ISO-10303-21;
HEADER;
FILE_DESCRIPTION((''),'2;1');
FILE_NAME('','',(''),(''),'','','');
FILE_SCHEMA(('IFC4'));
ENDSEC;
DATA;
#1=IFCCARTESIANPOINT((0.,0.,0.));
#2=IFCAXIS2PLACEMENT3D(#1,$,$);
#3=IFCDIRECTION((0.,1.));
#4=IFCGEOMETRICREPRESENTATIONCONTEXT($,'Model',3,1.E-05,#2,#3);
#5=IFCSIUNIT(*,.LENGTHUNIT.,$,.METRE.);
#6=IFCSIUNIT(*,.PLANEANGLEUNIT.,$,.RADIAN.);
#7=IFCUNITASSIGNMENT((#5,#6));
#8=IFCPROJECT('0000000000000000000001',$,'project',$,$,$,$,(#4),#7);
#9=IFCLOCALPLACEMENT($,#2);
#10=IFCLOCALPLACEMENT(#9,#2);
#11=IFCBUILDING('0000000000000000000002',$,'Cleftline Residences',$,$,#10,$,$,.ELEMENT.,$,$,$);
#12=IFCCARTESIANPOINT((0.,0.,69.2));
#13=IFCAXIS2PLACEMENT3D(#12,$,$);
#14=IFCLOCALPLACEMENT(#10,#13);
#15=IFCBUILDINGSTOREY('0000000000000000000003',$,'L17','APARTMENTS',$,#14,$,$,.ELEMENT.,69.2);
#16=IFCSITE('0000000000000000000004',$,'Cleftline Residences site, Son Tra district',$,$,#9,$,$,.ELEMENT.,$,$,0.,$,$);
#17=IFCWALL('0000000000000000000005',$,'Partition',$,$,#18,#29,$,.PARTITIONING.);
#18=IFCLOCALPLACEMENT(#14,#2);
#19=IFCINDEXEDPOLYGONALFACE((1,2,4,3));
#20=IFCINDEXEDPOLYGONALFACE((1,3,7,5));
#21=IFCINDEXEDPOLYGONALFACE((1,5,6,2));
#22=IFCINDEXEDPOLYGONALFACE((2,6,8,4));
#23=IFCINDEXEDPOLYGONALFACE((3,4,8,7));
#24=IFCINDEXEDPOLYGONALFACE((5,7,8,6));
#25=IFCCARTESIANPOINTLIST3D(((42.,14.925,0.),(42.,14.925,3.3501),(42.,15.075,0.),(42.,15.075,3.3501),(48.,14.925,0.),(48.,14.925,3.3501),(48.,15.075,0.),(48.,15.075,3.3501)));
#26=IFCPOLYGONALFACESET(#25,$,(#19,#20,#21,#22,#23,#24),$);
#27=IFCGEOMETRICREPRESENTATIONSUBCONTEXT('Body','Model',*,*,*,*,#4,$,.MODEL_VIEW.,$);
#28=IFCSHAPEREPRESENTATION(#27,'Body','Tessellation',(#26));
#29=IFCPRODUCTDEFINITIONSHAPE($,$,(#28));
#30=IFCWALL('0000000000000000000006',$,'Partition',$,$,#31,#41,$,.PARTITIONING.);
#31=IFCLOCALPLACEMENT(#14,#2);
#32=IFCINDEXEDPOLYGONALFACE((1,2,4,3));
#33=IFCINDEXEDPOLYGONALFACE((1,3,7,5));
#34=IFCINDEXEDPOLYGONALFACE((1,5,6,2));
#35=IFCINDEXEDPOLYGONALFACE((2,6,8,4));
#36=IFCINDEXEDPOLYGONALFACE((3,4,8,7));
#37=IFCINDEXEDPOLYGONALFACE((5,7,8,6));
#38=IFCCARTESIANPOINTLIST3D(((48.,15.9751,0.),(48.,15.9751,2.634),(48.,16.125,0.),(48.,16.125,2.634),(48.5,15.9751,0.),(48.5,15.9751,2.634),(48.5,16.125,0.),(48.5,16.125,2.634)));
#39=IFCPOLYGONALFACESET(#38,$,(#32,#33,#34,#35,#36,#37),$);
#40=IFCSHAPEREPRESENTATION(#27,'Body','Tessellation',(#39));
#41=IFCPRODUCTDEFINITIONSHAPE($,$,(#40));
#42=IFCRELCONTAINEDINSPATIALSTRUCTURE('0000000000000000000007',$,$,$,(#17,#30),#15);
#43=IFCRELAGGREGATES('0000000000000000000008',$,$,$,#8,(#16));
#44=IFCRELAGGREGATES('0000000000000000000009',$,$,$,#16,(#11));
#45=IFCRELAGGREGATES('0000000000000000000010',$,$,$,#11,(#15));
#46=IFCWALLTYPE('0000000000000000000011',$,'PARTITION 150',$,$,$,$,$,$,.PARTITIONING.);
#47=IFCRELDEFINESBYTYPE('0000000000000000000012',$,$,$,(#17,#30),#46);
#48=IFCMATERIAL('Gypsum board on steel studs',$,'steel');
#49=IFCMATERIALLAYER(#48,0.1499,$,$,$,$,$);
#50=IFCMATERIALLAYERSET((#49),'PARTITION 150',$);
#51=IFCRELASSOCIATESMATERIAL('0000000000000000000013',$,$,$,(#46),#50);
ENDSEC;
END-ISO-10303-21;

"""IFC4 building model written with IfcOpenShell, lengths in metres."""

from ifc_helpers import new_model, si_unit, direction, frame, frame_2d, origin, place, context, subcontext, project, spatial, rectangle, extrude, material, layer, layer_set, type_object, element, save


model = new_model("IFC4")

# Units and contexts
model_context = context("Model", 3, precision=1e-05, world=origin(), true_north=direction((0.0, 1.0)))
body_context = subcontext(model_context, "Body", "Model", "MODEL_VIEW")
ifc_project = project(units=[si_unit("LENGTHUNIT", "METRE"), si_unit("PLANEANGLEUNIT", "RADIAN")], contexts=[model_context])

# Site, building, storey
site_placement = place(None, origin())
site = spatial("IfcSite", under=ifc_project, at=site_placement, Name="Cleftline Residences site, Son Tra district", CompositionType="ELEMENT", RefElevation=0.0)
building_placement = place(site_placement, origin())
building = spatial("IfcBuilding", under=site, at=building_placement, Name="Cleftline Residences", CompositionType="ELEMENT")
storey_placement = place(building_placement, frame((0.0, 0.0, 69.2)))
storey = spatial("IfcBuildingStorey", under=building, at=storey_placement, Name="L17", Description="APARTMENTS", CompositionType="ELEMENT", Elevation=69.2)

# Walls
ifc_material_1 = material(Name="Gypsum board on steel studs", Category="steel")
ifc_layer_1 = layer(ifc_material_1, 0.1499)
ifc_layer_set_1 = layer_set([ifc_layer_1], Name="PARTITION 150")
wall_type_1 = type_object("IfcWallType", Name="PARTITION 150", PredefinedType="PARTITIONING", material=ifc_layer_set_1)
wall_1_placement = place(storey_placement, frame((42.0, 15.0, 0.0), z_axis=(0.0, 0.0, 1.0), x_axis=(1.0, 0.0, 0.0)))
element("IfcWall", 1, at=wall_1_placement, inside=storey, type_object=wall_type_1, Name="Partition", PredefinedType="PARTITIONING", context=body_context, shape_type="SweptSolid", body=[
    extrude(rectangle(XDim=6.0, YDim=0.1499, at=frame_2d((3.0, 0.0))), origin(), (0.0, 0.0, 1.0), 3.3501),
])
wall_2_placement = place(storey_placement, frame((48.0, 16.05, 0.0), z_axis=(0.0, 0.0, 1.0), x_axis=(1.0, 0.0, 0.0)))
element("IfcWall", 2, at=wall_2_placement, inside=storey, type_object=wall_type_1, Name="Partition", PredefinedType="PARTITIONING", context=body_context, shape_type="SweptSolid", body=[
    extrude(rectangle(XDim=0.5, YDim=0.1499, at=frame_2d((0.25, 0.0))), origin(), (0.0, 0.0, 1.0), 2.634),
])

save(model, "model.ifc")
